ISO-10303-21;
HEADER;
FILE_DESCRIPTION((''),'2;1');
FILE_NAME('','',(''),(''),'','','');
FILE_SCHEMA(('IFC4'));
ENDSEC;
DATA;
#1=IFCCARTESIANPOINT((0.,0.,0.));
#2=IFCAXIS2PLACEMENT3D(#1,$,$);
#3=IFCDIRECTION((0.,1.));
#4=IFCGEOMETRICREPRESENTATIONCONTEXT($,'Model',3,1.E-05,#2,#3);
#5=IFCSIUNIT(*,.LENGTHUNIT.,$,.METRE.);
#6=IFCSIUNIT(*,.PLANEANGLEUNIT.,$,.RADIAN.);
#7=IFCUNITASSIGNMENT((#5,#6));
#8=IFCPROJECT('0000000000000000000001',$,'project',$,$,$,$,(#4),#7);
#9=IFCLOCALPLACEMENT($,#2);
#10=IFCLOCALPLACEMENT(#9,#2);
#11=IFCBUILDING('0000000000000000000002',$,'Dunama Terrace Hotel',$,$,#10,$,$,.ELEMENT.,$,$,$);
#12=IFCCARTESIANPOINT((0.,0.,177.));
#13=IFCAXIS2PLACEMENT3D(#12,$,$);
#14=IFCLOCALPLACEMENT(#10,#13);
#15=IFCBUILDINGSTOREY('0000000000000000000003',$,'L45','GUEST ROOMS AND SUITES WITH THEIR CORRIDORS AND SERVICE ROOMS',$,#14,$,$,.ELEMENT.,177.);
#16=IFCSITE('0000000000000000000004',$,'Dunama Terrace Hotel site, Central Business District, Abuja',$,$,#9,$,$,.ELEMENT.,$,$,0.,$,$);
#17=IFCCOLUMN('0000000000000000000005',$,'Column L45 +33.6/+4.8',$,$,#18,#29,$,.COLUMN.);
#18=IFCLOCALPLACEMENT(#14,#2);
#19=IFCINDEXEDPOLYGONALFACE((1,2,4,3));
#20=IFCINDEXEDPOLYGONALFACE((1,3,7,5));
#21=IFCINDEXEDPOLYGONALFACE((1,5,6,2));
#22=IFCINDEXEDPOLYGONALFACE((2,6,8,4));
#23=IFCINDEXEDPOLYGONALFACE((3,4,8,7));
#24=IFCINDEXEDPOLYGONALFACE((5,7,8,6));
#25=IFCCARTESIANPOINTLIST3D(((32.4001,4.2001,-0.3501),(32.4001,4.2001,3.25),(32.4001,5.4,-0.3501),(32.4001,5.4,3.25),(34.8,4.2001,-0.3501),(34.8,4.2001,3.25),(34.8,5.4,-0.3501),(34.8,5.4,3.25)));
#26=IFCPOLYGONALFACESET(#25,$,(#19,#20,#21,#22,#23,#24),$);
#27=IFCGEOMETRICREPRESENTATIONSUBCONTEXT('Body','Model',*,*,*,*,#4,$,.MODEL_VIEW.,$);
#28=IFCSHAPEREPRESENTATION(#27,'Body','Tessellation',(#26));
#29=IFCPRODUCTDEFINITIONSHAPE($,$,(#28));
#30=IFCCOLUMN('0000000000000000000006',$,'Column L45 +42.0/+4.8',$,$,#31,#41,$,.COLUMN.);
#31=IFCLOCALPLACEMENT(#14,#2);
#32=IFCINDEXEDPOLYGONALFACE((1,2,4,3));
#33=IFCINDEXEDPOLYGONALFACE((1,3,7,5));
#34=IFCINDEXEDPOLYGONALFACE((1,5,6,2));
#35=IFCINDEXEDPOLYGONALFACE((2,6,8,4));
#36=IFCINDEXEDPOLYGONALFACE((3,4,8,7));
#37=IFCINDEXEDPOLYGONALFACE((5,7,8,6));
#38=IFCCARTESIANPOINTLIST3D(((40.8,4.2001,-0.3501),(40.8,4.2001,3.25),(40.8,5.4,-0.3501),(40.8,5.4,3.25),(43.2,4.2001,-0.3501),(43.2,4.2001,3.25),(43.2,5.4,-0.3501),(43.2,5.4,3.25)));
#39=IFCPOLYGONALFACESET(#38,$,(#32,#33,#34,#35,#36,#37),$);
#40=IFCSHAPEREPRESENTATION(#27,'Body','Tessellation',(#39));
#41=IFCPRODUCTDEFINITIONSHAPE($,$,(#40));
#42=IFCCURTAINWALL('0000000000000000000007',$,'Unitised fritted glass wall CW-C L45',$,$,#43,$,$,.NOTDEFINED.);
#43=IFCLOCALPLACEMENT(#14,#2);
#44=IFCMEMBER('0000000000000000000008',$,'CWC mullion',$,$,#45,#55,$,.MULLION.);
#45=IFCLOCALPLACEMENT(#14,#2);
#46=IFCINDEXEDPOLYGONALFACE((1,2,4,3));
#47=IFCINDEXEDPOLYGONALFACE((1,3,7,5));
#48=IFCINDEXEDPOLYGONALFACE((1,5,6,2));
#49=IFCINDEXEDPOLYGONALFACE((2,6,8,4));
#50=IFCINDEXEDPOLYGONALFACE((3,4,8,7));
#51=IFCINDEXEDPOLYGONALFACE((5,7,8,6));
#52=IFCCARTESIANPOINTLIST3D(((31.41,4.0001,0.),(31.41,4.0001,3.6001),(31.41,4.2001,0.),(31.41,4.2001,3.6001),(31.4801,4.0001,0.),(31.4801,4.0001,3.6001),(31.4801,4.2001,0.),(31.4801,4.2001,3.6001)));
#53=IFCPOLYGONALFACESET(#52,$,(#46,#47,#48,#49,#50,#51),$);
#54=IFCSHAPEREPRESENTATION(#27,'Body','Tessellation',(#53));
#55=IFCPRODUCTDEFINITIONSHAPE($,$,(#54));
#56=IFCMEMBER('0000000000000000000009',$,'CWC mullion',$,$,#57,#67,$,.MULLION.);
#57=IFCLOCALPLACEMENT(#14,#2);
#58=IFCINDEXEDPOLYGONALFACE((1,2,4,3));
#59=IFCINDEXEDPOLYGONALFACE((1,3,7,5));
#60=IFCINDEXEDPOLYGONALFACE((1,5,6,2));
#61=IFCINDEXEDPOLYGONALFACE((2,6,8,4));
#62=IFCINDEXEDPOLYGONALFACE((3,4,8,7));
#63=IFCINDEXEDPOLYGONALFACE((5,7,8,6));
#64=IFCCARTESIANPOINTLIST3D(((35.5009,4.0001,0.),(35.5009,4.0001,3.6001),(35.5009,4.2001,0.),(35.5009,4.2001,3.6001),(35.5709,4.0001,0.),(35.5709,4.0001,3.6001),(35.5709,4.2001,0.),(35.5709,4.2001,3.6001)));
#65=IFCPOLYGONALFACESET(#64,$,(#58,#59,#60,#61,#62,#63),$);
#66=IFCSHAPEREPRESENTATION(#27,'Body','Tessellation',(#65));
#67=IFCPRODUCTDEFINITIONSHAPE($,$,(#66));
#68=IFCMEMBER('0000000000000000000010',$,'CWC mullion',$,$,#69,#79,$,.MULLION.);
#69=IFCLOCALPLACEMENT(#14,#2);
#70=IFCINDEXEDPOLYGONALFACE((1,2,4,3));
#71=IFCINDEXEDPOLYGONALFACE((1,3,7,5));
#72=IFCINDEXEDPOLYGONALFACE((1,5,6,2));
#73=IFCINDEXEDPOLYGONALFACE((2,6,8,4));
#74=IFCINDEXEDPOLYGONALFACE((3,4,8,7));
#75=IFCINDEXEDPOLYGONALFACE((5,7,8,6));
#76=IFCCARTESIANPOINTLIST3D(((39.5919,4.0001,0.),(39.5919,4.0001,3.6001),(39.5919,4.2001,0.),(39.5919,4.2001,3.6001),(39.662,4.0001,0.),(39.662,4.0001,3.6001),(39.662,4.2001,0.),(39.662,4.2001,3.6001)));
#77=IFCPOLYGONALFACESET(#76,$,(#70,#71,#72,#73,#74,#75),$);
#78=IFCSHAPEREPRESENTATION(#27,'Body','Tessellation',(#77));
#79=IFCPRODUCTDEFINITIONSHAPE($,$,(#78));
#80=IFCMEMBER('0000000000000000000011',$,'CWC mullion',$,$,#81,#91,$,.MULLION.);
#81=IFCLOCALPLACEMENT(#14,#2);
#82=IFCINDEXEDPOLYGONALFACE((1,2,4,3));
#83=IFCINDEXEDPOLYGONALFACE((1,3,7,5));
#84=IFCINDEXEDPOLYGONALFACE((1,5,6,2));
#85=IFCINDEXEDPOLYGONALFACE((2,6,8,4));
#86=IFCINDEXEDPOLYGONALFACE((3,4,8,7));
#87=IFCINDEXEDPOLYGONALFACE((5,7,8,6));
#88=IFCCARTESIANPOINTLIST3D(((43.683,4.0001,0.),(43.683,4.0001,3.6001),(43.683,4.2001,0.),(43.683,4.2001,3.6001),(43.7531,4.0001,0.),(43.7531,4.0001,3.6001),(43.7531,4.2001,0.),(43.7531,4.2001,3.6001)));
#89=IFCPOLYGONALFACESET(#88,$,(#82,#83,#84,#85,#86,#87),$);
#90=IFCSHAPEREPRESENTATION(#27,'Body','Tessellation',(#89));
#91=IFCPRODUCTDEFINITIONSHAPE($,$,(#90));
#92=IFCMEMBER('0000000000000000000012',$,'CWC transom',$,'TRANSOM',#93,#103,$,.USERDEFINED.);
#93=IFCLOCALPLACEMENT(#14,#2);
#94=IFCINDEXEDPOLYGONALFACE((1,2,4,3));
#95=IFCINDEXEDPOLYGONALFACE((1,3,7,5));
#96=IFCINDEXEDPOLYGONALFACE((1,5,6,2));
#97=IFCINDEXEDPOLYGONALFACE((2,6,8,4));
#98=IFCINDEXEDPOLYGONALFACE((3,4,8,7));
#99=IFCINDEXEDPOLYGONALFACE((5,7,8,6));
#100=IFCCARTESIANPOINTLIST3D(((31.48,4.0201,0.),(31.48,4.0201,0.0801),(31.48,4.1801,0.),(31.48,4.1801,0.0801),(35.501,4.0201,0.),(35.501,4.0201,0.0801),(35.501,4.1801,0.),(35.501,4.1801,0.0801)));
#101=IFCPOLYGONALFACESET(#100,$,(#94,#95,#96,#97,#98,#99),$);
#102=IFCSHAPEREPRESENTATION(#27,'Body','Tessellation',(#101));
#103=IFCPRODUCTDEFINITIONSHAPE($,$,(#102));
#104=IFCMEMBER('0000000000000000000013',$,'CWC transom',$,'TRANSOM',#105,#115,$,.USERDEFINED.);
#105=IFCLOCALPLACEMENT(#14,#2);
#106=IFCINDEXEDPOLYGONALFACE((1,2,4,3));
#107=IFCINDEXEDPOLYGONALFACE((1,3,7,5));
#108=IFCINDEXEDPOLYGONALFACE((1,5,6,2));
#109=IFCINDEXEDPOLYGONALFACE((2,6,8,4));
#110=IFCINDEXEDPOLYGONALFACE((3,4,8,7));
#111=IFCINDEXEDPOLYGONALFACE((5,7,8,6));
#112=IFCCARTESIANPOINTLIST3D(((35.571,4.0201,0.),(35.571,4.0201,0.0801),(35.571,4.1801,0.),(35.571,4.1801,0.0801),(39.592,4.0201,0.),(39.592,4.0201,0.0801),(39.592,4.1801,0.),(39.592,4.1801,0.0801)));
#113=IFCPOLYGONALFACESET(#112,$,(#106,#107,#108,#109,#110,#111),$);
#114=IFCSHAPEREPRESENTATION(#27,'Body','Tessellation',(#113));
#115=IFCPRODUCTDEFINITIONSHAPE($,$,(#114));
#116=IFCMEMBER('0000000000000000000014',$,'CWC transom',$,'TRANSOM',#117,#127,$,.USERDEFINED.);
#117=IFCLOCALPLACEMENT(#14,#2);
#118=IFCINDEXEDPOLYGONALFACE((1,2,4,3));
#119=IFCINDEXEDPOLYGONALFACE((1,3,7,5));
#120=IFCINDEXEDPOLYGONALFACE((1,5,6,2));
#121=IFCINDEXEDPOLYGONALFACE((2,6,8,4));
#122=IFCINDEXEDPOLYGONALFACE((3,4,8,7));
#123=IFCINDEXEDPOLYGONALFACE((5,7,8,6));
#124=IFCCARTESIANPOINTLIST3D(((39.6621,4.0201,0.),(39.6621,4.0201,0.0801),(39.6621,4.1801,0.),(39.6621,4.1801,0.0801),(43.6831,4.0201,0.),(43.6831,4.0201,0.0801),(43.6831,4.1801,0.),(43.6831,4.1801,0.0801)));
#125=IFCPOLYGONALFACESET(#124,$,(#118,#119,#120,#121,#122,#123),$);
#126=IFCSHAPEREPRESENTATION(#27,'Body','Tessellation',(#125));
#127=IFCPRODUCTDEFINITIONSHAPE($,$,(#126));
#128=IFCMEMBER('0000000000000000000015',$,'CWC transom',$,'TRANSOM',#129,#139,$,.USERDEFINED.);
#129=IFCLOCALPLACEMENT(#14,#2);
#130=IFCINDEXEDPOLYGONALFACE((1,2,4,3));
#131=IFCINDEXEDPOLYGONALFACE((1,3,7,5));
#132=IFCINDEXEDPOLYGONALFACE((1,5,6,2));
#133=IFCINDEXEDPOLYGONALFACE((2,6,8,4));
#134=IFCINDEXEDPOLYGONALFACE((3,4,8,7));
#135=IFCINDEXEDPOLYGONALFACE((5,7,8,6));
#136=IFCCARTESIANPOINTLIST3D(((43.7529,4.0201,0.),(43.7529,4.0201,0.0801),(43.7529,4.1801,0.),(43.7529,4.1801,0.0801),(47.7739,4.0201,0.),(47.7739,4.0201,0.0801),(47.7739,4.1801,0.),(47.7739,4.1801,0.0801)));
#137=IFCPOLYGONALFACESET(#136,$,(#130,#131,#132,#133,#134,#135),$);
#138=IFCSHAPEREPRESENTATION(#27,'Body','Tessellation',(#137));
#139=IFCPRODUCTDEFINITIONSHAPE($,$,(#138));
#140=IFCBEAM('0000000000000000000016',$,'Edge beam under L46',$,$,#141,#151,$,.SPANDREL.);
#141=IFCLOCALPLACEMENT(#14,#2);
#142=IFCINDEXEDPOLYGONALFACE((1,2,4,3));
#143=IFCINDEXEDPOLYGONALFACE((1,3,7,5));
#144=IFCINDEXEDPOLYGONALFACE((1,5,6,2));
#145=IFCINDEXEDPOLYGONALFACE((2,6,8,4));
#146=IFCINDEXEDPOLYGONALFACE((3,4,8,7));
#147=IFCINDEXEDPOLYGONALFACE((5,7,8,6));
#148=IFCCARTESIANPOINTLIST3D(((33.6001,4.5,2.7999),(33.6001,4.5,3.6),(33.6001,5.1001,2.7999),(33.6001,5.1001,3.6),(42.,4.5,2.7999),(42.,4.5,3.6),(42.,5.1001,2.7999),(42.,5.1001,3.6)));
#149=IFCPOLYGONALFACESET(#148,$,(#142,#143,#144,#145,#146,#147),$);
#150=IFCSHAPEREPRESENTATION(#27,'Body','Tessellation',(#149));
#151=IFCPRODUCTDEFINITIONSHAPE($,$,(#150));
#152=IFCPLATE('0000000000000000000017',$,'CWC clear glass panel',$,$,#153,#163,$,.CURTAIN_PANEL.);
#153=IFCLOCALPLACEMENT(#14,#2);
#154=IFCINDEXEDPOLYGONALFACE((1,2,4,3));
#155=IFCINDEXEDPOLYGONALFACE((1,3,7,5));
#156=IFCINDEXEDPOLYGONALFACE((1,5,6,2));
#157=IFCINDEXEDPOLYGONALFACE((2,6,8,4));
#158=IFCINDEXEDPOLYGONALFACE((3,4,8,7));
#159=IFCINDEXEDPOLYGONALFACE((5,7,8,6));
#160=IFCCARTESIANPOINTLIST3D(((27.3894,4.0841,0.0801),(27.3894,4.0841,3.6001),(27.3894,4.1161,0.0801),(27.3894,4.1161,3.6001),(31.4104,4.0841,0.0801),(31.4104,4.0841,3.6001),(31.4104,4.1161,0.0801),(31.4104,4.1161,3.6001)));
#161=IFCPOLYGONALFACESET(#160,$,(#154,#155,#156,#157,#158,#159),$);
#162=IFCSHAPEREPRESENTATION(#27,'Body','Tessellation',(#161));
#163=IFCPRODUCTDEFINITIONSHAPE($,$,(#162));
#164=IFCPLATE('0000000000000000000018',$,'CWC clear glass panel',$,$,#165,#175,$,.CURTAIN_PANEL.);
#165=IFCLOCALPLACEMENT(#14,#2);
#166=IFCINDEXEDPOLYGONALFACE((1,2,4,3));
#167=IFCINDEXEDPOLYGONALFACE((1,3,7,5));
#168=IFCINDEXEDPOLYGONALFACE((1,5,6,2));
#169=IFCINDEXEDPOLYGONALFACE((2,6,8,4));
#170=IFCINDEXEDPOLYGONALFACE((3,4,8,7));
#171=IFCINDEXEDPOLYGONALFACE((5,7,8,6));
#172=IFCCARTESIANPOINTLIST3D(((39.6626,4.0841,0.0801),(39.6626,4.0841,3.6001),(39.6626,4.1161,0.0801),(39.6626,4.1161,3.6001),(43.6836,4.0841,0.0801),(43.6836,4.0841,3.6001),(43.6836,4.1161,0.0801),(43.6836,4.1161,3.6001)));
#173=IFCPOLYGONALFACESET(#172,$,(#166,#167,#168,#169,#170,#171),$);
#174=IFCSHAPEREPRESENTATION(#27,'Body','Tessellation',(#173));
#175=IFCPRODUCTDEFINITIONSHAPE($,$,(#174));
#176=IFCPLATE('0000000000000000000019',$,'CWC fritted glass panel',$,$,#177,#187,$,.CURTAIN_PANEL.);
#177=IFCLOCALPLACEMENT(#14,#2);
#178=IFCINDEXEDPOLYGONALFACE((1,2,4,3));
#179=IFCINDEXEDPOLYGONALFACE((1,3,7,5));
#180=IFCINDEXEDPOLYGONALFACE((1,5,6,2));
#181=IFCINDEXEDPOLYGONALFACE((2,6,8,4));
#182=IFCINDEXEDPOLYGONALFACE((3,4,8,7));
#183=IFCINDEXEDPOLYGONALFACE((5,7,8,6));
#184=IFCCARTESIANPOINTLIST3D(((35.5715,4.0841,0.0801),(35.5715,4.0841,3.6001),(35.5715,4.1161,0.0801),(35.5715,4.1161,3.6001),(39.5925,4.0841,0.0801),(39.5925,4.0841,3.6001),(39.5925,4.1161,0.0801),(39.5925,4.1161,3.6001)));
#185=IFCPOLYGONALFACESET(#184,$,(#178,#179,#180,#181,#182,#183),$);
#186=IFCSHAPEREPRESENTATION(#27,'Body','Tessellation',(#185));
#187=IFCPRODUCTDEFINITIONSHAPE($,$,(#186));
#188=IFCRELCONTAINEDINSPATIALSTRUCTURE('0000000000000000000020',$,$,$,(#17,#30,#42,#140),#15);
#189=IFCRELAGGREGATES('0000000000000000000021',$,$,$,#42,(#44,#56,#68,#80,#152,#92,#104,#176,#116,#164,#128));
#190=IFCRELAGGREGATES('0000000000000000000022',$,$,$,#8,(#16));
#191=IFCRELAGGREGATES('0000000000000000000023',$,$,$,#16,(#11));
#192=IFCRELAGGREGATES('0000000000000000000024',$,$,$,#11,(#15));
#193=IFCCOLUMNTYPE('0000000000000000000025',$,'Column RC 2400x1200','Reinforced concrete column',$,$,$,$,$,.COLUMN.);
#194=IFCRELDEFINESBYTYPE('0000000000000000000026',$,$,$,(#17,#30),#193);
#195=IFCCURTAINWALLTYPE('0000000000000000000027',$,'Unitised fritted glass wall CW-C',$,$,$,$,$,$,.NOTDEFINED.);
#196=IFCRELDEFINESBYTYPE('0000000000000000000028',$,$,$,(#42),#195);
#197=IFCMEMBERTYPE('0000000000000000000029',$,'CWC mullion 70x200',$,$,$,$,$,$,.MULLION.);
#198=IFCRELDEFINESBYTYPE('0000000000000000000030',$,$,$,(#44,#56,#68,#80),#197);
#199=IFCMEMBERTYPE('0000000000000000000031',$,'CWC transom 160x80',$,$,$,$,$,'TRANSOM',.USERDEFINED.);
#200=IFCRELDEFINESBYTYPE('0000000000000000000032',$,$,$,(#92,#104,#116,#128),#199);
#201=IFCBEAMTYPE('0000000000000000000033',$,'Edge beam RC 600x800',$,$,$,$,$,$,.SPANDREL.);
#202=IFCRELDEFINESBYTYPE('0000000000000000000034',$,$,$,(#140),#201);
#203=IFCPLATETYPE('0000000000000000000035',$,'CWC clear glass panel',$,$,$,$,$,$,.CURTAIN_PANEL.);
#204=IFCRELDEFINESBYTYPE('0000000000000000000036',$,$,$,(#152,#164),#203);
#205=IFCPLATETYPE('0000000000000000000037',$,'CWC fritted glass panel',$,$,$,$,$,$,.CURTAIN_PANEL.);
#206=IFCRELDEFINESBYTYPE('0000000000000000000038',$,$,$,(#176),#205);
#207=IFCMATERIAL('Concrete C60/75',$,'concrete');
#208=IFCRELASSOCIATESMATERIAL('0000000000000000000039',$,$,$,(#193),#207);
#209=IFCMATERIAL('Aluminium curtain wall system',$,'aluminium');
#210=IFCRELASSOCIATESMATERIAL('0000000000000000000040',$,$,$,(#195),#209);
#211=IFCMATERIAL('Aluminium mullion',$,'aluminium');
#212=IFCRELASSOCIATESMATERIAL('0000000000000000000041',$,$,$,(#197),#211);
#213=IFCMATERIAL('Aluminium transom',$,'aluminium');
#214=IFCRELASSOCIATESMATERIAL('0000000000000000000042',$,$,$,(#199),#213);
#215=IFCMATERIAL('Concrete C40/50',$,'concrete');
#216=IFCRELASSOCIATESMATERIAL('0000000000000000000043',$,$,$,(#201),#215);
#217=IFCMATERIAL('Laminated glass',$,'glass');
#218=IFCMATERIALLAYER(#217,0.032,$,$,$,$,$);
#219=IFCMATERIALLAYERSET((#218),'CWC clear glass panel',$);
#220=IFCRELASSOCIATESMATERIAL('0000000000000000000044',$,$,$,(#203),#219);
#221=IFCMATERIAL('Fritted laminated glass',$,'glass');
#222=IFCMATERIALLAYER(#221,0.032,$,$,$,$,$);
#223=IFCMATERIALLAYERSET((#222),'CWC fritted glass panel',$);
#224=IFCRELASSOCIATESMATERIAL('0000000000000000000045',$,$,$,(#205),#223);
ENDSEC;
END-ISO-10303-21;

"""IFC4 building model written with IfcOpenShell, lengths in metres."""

from ifc_helpers import new_model, si_unit, direction, frame, origin, origin_2d, place, context, subcontext, project, spatial, rectangle, extrude, material, layer, layer_set, material_profile, profile_set, type_object, element, aggregate, save


model = new_model("IFC4")

# Units and contexts
model_context = context("Model", 3, precision=1e-05, world=origin(), true_north=direction((0.0, 1.0)))
body_context = subcontext(model_context, "Body", "Model", "MODEL_VIEW")
ifc_project = project(units=[si_unit("LENGTHUNIT", "METRE"), si_unit("PLANEANGLEUNIT", "RADIAN")], contexts=[model_context])

# Site, building, storey
site_placement = place(None, origin())
site = spatial("IfcSite", under=ifc_project, at=site_placement, Name="Dunama Terrace Hotel site, Central Business District, Abuja", CompositionType="ELEMENT", RefElevation=0.0)
building_placement = place(site_placement, origin())
building = spatial("IfcBuilding", under=site, at=building_placement, Name="Dunama Terrace Hotel", CompositionType="ELEMENT")
storey_placement = place(building_placement, frame((0.0, 0.0, 177.0)))
storey = spatial("IfcBuildingStorey", under=building, at=storey_placement, Name="L45", Description="GUEST ROOMS AND SUITES WITH THEIR CORRIDORS AND SERVICE ROOMS", CompositionType="ELEMENT", Elevation=177.0)

# Columns
ifc_material_1 = material(Name="Concrete C60/75", Category="concrete")
ifc_material_profile_1 = material_profile(ifc_material_1, rectangle(XDim=2.3999, YDim=1.2, at=origin_2d()), Name="RC 2400x1200")
ifc_profile_set_1 = profile_set([ifc_material_profile_1], Name="Concrete C60/75")
column_type = type_object("IfcColumnType", Name="Column RC 2400x1200", Description="Reinforced concrete column", PredefinedType="COLUMN", material=ifc_profile_set_1)
for number, where, z_axis, x_axis, name in (
    (1, (33.6001, 4.8, -0.3501), (0.0, 0.0, 1.0), (1.0, 0.0, 0.0), "Column L45 +33.6/+4.8"),
    (2, (42.0, 4.8, -0.3501), (0.0, 0.0, 1.0), (1.0, 0.0, 0.0), "Column L45 +42.0/+4.8"),
):
    element("IfcColumn", number, at=place(storey_placement, frame(where, z_axis=z_axis, x_axis=x_axis)), inside=storey, type_object=column_type, Name=name, PredefinedType="COLUMN", context=body_context, shape_type="SweptSolid", body=[
        extrude(rectangle(XDim=2.3999, YDim=1.2, at=origin_2d()), origin(), (0.0, 0.0, 1.0), 3.6001),
    ])

# Curtain wall, members
ifc_material_2 = material(Name="Aluminium curtain wall system", Category="aluminium")
curtain_wall_type = type_object("IfcCurtainWallType", Name="Unitised fritted glass wall CW-C", PredefinedType="NOTDEFINED", material=ifc_material_2)
curtain_wall_placement = place(storey_placement, origin())
curtain_wall = element("IfcCurtainWall", 3, at=curtain_wall_placement, inside=storey, type_object=curtain_wall_type, Name="Unitised fritted glass wall CW-C L45", PredefinedType="NOTDEFINED")
ifc_material_3 = material(Name="Aluminium mullion", Category="aluminium")
ifc_material_profile_2 = material_profile(ifc_material_3, rectangle(XDim=0.0701, YDim=0.2, at=origin_2d()), Name="CWC MULLION 70X200")
ifc_profile_set_2 = profile_set([ifc_material_profile_2], Name="Aluminium mullion")
member_type_1 = type_object("IfcMemberType", Name="CWC mullion 70x200", PredefinedType="MULLION", material=ifc_profile_set_2)
member_1_placement = place(storey_placement, frame((31.4451, 4.1001, 0.0), z_axis=(0.0, 0.0, 1.0), x_axis=(1.0, 0.0, 0.0)))
member_1 = element("IfcMember", 4, at=member_1_placement, type_object=member_type_1, Name="CWC mullion", PredefinedType="MULLION", context=body_context, shape_type="SweptSolid", body=[
    extrude(rectangle(XDim=0.0701, YDim=0.2, at=origin_2d()), origin(), (0.0, 0.0, 1.0), 3.6001),
])
member_2_placement = place(storey_placement, frame((35.5359, 4.1001, 0.0), z_axis=(0.0, 0.0, 1.0), x_axis=(1.0, 0.0, 0.0)))
member_2 = element("IfcMember", 5, at=member_2_placement, type_object=member_type_1, Name="CWC mullion", PredefinedType="MULLION", context=body_context, shape_type="SweptSolid", body=[
    extrude(rectangle(XDim=0.0701, YDim=0.2, at=origin_2d()), origin(), (0.0, 0.0, 1.0), 3.6001),
])
member_3_placement = place(storey_placement, frame((39.627, 4.1001, 0.0), z_axis=(0.0, 0.0, 1.0), x_axis=(1.0, 0.0, 0.0)))
member_3 = element("IfcMember", 6, at=member_3_placement, type_object=member_type_1, Name="CWC mullion", PredefinedType="MULLION", context=body_context, shape_type="SweptSolid", body=[
    extrude(rectangle(XDim=0.0701, YDim=0.2, at=origin_2d()), origin(), (0.0, 0.0, 1.0), 3.6001),
])
member_4_placement = place(storey_placement, frame((43.718, 4.1001, 0.0), z_axis=(0.0, 0.0, 1.0), x_axis=(1.0, 0.0, 0.0)))
member_4 = element("IfcMember", 7, at=member_4_placement, type_object=member_type_1, Name="CWC mullion", PredefinedType="MULLION", context=body_context, shape_type="SweptSolid", body=[
    extrude(rectangle(XDim=0.0701, YDim=0.2, at=origin_2d()), origin(), (0.0, 0.0, 1.0), 3.6001),
])
ifc_material_4 = material(Name="Aluminium transom", Category="aluminium")
ifc_material_profile_3 = material_profile(ifc_material_4, rectangle(XDim=0.1599, YDim=0.0801, at=origin_2d()), Name="CWC TRANSOM 160X80")
ifc_profile_set_3 = profile_set([ifc_material_profile_3], Name="Aluminium transom")
member_type_2 = type_object("IfcMemberType", Name="CWC transom 160x80", ElementType="TRANSOM", PredefinedType="USERDEFINED", material=ifc_profile_set_3)
member_5_placement = place(storey_placement, frame((31.48, 4.1001, 0.04), z_axis=(1.0, 0.0, 0.0), x_axis=(0.0, 1.0, 0.0)))
member_5 = element("IfcMember", 8, at=member_5_placement, type_object=member_type_2, Name="CWC transom", ObjectType="TRANSOM", PredefinedType="USERDEFINED", context=body_context, shape_type="SweptSolid", body=[
    extrude(rectangle(XDim=0.1599, YDim=0.0801, at=origin_2d()), origin(), (0.0, 0.0, 1.0), 4.021),
])
member_6_placement = place(storey_placement, frame((35.571, 4.1001, 0.04), z_axis=(1.0, 0.0, 0.0), x_axis=(0.0, 1.0, 0.0)))
member_6 = element("IfcMember", 9, at=member_6_placement, type_object=member_type_2, Name="CWC transom", ObjectType="TRANSOM", PredefinedType="USERDEFINED", context=body_context, shape_type="SweptSolid", body=[
    extrude(rectangle(XDim=0.1599, YDim=0.0801, at=origin_2d()), origin(), (0.0, 0.0, 1.0), 4.021),
])
member_7_placement = place(storey_placement, frame((39.6621, 4.1001, 0.04), z_axis=(1.0, 0.0, 0.0), x_axis=(0.0, 1.0, 0.0)))
member_7 = element("IfcMember", 10, at=member_7_placement, type_object=member_type_2, Name="CWC transom", ObjectType="TRANSOM", PredefinedType="USERDEFINED", context=body_context, shape_type="SweptSolid", body=[
    extrude(rectangle(XDim=0.1599, YDim=0.0801, at=origin_2d()), origin(), (0.0, 0.0, 1.0), 4.021),
])
member_8_placement = place(storey_placement, frame((43.7529, 4.1001, 0.04), z_axis=(1.0, 0.0, 0.0), x_axis=(0.0, 1.0, 0.0)))
member_8 = element("IfcMember", 11, at=member_8_placement, type_object=member_type_2, Name="CWC transom", ObjectType="TRANSOM", PredefinedType="USERDEFINED", context=body_context, shape_type="SweptSolid", body=[
    extrude(rectangle(XDim=0.1599, YDim=0.0801, at=origin_2d()), origin(), (0.0, 0.0, 1.0), 4.021),
])

# Beam
ifc_material_5 = material(Name="Concrete C40/50", Category="concrete")
ifc_material_profile_4 = material_profile(ifc_material_5, rectangle(XDim=0.6001, YDim=0.8, at=origin_2d()), Name="RC 600x800")
ifc_profile_set_4 = profile_set([ifc_material_profile_4], Name="Concrete C40/50")
beam_type = type_object("IfcBeamType", Name="Edge beam RC 600x800", PredefinedType="SPANDREL", material=ifc_profile_set_4)
beam_placement = place(storey_placement, frame((33.6001, 4.8, 3.2), z_axis=(1.0, 0.0, 0.0), x_axis=(0.0, 1.0, 0.0)))
element("IfcBeam", 12, at=beam_placement, inside=storey, type_object=beam_type, Name="Edge beam under L46", PredefinedType="SPANDREL", context=body_context, shape_type="SweptSolid", body=[
    extrude(rectangle(XDim=0.6001, YDim=0.8, at=origin_2d()), origin(), (0.0, 0.0, 1.0), 8.3999),
])

# Plates
ifc_material_6 = material(Name="Laminated glass", Category="glass")
ifc_layer_1 = layer(ifc_material_6, 0.032)
ifc_layer_set_1 = layer_set([ifc_layer_1], Name="CWC clear glass panel")
plate_type_1 = type_object("IfcPlateType", Name="CWC clear glass panel", PredefinedType="CURTAIN_PANEL", material=ifc_layer_set_1)
plate_1_placement = place(storey_placement, frame((29.3999, 4.1001, 0.0801), z_axis=(0.0, 0.0, 1.0), x_axis=(1.0, 0.0, 0.0)))
plate_1 = element("IfcPlate", 13, at=plate_1_placement, type_object=plate_type_1, Name="CWC clear glass panel", PredefinedType="CURTAIN_PANEL", context=body_context, shape_type="SweptSolid", body=[
    extrude(rectangle(XDim=4.021, YDim=0.032, at=origin_2d()), origin(), (0.0, 0.0, 1.0), 3.52),
])
plate_2_placement = place(storey_placement, frame((41.6731, 4.1001, 0.0801), z_axis=(0.0, 0.0, 1.0), x_axis=(1.0, 0.0, 0.0)))
plate_2 = element("IfcPlate", 14, at=plate_2_placement, type_object=plate_type_1, Name="CWC clear glass panel", PredefinedType="CURTAIN_PANEL", context=body_context, shape_type="SweptSolid", body=[
    extrude(rectangle(XDim=4.021, YDim=0.032, at=origin_2d()), origin(), (0.0, 0.0, 1.0), 3.52),
])
ifc_material_7 = material(Name="Fritted laminated glass", Category="glass")
ifc_layer_2 = layer(ifc_material_7, 0.032)
ifc_layer_set_2 = layer_set([ifc_layer_2], Name="CWC fritted glass panel")
plate_type_2 = type_object("IfcPlateType", Name="CWC fritted glass panel", PredefinedType="CURTAIN_PANEL", material=ifc_layer_set_2)
plate_3_placement = place(storey_placement, frame((37.582, 4.1001, 0.0801), z_axis=(0.0, 0.0, 1.0), x_axis=(1.0, 0.0, 0.0)))
plate_3 = element("IfcPlate", 15, at=plate_3_placement, type_object=plate_type_2, Name="CWC fritted glass panel", PredefinedType="CURTAIN_PANEL", context=body_context, shape_type="SweptSolid", body=[
    extrude(rectangle(XDim=4.021, YDim=0.032, at=origin_2d()), origin(), (0.0, 0.0, 1.0), 3.52),
])
aggregate(curtain_wall, [member_1, member_2, member_3, member_4, plate_1, member_5, member_6, plate_3, member_7, plate_2, member_8])

save(model, "model.ifc")
